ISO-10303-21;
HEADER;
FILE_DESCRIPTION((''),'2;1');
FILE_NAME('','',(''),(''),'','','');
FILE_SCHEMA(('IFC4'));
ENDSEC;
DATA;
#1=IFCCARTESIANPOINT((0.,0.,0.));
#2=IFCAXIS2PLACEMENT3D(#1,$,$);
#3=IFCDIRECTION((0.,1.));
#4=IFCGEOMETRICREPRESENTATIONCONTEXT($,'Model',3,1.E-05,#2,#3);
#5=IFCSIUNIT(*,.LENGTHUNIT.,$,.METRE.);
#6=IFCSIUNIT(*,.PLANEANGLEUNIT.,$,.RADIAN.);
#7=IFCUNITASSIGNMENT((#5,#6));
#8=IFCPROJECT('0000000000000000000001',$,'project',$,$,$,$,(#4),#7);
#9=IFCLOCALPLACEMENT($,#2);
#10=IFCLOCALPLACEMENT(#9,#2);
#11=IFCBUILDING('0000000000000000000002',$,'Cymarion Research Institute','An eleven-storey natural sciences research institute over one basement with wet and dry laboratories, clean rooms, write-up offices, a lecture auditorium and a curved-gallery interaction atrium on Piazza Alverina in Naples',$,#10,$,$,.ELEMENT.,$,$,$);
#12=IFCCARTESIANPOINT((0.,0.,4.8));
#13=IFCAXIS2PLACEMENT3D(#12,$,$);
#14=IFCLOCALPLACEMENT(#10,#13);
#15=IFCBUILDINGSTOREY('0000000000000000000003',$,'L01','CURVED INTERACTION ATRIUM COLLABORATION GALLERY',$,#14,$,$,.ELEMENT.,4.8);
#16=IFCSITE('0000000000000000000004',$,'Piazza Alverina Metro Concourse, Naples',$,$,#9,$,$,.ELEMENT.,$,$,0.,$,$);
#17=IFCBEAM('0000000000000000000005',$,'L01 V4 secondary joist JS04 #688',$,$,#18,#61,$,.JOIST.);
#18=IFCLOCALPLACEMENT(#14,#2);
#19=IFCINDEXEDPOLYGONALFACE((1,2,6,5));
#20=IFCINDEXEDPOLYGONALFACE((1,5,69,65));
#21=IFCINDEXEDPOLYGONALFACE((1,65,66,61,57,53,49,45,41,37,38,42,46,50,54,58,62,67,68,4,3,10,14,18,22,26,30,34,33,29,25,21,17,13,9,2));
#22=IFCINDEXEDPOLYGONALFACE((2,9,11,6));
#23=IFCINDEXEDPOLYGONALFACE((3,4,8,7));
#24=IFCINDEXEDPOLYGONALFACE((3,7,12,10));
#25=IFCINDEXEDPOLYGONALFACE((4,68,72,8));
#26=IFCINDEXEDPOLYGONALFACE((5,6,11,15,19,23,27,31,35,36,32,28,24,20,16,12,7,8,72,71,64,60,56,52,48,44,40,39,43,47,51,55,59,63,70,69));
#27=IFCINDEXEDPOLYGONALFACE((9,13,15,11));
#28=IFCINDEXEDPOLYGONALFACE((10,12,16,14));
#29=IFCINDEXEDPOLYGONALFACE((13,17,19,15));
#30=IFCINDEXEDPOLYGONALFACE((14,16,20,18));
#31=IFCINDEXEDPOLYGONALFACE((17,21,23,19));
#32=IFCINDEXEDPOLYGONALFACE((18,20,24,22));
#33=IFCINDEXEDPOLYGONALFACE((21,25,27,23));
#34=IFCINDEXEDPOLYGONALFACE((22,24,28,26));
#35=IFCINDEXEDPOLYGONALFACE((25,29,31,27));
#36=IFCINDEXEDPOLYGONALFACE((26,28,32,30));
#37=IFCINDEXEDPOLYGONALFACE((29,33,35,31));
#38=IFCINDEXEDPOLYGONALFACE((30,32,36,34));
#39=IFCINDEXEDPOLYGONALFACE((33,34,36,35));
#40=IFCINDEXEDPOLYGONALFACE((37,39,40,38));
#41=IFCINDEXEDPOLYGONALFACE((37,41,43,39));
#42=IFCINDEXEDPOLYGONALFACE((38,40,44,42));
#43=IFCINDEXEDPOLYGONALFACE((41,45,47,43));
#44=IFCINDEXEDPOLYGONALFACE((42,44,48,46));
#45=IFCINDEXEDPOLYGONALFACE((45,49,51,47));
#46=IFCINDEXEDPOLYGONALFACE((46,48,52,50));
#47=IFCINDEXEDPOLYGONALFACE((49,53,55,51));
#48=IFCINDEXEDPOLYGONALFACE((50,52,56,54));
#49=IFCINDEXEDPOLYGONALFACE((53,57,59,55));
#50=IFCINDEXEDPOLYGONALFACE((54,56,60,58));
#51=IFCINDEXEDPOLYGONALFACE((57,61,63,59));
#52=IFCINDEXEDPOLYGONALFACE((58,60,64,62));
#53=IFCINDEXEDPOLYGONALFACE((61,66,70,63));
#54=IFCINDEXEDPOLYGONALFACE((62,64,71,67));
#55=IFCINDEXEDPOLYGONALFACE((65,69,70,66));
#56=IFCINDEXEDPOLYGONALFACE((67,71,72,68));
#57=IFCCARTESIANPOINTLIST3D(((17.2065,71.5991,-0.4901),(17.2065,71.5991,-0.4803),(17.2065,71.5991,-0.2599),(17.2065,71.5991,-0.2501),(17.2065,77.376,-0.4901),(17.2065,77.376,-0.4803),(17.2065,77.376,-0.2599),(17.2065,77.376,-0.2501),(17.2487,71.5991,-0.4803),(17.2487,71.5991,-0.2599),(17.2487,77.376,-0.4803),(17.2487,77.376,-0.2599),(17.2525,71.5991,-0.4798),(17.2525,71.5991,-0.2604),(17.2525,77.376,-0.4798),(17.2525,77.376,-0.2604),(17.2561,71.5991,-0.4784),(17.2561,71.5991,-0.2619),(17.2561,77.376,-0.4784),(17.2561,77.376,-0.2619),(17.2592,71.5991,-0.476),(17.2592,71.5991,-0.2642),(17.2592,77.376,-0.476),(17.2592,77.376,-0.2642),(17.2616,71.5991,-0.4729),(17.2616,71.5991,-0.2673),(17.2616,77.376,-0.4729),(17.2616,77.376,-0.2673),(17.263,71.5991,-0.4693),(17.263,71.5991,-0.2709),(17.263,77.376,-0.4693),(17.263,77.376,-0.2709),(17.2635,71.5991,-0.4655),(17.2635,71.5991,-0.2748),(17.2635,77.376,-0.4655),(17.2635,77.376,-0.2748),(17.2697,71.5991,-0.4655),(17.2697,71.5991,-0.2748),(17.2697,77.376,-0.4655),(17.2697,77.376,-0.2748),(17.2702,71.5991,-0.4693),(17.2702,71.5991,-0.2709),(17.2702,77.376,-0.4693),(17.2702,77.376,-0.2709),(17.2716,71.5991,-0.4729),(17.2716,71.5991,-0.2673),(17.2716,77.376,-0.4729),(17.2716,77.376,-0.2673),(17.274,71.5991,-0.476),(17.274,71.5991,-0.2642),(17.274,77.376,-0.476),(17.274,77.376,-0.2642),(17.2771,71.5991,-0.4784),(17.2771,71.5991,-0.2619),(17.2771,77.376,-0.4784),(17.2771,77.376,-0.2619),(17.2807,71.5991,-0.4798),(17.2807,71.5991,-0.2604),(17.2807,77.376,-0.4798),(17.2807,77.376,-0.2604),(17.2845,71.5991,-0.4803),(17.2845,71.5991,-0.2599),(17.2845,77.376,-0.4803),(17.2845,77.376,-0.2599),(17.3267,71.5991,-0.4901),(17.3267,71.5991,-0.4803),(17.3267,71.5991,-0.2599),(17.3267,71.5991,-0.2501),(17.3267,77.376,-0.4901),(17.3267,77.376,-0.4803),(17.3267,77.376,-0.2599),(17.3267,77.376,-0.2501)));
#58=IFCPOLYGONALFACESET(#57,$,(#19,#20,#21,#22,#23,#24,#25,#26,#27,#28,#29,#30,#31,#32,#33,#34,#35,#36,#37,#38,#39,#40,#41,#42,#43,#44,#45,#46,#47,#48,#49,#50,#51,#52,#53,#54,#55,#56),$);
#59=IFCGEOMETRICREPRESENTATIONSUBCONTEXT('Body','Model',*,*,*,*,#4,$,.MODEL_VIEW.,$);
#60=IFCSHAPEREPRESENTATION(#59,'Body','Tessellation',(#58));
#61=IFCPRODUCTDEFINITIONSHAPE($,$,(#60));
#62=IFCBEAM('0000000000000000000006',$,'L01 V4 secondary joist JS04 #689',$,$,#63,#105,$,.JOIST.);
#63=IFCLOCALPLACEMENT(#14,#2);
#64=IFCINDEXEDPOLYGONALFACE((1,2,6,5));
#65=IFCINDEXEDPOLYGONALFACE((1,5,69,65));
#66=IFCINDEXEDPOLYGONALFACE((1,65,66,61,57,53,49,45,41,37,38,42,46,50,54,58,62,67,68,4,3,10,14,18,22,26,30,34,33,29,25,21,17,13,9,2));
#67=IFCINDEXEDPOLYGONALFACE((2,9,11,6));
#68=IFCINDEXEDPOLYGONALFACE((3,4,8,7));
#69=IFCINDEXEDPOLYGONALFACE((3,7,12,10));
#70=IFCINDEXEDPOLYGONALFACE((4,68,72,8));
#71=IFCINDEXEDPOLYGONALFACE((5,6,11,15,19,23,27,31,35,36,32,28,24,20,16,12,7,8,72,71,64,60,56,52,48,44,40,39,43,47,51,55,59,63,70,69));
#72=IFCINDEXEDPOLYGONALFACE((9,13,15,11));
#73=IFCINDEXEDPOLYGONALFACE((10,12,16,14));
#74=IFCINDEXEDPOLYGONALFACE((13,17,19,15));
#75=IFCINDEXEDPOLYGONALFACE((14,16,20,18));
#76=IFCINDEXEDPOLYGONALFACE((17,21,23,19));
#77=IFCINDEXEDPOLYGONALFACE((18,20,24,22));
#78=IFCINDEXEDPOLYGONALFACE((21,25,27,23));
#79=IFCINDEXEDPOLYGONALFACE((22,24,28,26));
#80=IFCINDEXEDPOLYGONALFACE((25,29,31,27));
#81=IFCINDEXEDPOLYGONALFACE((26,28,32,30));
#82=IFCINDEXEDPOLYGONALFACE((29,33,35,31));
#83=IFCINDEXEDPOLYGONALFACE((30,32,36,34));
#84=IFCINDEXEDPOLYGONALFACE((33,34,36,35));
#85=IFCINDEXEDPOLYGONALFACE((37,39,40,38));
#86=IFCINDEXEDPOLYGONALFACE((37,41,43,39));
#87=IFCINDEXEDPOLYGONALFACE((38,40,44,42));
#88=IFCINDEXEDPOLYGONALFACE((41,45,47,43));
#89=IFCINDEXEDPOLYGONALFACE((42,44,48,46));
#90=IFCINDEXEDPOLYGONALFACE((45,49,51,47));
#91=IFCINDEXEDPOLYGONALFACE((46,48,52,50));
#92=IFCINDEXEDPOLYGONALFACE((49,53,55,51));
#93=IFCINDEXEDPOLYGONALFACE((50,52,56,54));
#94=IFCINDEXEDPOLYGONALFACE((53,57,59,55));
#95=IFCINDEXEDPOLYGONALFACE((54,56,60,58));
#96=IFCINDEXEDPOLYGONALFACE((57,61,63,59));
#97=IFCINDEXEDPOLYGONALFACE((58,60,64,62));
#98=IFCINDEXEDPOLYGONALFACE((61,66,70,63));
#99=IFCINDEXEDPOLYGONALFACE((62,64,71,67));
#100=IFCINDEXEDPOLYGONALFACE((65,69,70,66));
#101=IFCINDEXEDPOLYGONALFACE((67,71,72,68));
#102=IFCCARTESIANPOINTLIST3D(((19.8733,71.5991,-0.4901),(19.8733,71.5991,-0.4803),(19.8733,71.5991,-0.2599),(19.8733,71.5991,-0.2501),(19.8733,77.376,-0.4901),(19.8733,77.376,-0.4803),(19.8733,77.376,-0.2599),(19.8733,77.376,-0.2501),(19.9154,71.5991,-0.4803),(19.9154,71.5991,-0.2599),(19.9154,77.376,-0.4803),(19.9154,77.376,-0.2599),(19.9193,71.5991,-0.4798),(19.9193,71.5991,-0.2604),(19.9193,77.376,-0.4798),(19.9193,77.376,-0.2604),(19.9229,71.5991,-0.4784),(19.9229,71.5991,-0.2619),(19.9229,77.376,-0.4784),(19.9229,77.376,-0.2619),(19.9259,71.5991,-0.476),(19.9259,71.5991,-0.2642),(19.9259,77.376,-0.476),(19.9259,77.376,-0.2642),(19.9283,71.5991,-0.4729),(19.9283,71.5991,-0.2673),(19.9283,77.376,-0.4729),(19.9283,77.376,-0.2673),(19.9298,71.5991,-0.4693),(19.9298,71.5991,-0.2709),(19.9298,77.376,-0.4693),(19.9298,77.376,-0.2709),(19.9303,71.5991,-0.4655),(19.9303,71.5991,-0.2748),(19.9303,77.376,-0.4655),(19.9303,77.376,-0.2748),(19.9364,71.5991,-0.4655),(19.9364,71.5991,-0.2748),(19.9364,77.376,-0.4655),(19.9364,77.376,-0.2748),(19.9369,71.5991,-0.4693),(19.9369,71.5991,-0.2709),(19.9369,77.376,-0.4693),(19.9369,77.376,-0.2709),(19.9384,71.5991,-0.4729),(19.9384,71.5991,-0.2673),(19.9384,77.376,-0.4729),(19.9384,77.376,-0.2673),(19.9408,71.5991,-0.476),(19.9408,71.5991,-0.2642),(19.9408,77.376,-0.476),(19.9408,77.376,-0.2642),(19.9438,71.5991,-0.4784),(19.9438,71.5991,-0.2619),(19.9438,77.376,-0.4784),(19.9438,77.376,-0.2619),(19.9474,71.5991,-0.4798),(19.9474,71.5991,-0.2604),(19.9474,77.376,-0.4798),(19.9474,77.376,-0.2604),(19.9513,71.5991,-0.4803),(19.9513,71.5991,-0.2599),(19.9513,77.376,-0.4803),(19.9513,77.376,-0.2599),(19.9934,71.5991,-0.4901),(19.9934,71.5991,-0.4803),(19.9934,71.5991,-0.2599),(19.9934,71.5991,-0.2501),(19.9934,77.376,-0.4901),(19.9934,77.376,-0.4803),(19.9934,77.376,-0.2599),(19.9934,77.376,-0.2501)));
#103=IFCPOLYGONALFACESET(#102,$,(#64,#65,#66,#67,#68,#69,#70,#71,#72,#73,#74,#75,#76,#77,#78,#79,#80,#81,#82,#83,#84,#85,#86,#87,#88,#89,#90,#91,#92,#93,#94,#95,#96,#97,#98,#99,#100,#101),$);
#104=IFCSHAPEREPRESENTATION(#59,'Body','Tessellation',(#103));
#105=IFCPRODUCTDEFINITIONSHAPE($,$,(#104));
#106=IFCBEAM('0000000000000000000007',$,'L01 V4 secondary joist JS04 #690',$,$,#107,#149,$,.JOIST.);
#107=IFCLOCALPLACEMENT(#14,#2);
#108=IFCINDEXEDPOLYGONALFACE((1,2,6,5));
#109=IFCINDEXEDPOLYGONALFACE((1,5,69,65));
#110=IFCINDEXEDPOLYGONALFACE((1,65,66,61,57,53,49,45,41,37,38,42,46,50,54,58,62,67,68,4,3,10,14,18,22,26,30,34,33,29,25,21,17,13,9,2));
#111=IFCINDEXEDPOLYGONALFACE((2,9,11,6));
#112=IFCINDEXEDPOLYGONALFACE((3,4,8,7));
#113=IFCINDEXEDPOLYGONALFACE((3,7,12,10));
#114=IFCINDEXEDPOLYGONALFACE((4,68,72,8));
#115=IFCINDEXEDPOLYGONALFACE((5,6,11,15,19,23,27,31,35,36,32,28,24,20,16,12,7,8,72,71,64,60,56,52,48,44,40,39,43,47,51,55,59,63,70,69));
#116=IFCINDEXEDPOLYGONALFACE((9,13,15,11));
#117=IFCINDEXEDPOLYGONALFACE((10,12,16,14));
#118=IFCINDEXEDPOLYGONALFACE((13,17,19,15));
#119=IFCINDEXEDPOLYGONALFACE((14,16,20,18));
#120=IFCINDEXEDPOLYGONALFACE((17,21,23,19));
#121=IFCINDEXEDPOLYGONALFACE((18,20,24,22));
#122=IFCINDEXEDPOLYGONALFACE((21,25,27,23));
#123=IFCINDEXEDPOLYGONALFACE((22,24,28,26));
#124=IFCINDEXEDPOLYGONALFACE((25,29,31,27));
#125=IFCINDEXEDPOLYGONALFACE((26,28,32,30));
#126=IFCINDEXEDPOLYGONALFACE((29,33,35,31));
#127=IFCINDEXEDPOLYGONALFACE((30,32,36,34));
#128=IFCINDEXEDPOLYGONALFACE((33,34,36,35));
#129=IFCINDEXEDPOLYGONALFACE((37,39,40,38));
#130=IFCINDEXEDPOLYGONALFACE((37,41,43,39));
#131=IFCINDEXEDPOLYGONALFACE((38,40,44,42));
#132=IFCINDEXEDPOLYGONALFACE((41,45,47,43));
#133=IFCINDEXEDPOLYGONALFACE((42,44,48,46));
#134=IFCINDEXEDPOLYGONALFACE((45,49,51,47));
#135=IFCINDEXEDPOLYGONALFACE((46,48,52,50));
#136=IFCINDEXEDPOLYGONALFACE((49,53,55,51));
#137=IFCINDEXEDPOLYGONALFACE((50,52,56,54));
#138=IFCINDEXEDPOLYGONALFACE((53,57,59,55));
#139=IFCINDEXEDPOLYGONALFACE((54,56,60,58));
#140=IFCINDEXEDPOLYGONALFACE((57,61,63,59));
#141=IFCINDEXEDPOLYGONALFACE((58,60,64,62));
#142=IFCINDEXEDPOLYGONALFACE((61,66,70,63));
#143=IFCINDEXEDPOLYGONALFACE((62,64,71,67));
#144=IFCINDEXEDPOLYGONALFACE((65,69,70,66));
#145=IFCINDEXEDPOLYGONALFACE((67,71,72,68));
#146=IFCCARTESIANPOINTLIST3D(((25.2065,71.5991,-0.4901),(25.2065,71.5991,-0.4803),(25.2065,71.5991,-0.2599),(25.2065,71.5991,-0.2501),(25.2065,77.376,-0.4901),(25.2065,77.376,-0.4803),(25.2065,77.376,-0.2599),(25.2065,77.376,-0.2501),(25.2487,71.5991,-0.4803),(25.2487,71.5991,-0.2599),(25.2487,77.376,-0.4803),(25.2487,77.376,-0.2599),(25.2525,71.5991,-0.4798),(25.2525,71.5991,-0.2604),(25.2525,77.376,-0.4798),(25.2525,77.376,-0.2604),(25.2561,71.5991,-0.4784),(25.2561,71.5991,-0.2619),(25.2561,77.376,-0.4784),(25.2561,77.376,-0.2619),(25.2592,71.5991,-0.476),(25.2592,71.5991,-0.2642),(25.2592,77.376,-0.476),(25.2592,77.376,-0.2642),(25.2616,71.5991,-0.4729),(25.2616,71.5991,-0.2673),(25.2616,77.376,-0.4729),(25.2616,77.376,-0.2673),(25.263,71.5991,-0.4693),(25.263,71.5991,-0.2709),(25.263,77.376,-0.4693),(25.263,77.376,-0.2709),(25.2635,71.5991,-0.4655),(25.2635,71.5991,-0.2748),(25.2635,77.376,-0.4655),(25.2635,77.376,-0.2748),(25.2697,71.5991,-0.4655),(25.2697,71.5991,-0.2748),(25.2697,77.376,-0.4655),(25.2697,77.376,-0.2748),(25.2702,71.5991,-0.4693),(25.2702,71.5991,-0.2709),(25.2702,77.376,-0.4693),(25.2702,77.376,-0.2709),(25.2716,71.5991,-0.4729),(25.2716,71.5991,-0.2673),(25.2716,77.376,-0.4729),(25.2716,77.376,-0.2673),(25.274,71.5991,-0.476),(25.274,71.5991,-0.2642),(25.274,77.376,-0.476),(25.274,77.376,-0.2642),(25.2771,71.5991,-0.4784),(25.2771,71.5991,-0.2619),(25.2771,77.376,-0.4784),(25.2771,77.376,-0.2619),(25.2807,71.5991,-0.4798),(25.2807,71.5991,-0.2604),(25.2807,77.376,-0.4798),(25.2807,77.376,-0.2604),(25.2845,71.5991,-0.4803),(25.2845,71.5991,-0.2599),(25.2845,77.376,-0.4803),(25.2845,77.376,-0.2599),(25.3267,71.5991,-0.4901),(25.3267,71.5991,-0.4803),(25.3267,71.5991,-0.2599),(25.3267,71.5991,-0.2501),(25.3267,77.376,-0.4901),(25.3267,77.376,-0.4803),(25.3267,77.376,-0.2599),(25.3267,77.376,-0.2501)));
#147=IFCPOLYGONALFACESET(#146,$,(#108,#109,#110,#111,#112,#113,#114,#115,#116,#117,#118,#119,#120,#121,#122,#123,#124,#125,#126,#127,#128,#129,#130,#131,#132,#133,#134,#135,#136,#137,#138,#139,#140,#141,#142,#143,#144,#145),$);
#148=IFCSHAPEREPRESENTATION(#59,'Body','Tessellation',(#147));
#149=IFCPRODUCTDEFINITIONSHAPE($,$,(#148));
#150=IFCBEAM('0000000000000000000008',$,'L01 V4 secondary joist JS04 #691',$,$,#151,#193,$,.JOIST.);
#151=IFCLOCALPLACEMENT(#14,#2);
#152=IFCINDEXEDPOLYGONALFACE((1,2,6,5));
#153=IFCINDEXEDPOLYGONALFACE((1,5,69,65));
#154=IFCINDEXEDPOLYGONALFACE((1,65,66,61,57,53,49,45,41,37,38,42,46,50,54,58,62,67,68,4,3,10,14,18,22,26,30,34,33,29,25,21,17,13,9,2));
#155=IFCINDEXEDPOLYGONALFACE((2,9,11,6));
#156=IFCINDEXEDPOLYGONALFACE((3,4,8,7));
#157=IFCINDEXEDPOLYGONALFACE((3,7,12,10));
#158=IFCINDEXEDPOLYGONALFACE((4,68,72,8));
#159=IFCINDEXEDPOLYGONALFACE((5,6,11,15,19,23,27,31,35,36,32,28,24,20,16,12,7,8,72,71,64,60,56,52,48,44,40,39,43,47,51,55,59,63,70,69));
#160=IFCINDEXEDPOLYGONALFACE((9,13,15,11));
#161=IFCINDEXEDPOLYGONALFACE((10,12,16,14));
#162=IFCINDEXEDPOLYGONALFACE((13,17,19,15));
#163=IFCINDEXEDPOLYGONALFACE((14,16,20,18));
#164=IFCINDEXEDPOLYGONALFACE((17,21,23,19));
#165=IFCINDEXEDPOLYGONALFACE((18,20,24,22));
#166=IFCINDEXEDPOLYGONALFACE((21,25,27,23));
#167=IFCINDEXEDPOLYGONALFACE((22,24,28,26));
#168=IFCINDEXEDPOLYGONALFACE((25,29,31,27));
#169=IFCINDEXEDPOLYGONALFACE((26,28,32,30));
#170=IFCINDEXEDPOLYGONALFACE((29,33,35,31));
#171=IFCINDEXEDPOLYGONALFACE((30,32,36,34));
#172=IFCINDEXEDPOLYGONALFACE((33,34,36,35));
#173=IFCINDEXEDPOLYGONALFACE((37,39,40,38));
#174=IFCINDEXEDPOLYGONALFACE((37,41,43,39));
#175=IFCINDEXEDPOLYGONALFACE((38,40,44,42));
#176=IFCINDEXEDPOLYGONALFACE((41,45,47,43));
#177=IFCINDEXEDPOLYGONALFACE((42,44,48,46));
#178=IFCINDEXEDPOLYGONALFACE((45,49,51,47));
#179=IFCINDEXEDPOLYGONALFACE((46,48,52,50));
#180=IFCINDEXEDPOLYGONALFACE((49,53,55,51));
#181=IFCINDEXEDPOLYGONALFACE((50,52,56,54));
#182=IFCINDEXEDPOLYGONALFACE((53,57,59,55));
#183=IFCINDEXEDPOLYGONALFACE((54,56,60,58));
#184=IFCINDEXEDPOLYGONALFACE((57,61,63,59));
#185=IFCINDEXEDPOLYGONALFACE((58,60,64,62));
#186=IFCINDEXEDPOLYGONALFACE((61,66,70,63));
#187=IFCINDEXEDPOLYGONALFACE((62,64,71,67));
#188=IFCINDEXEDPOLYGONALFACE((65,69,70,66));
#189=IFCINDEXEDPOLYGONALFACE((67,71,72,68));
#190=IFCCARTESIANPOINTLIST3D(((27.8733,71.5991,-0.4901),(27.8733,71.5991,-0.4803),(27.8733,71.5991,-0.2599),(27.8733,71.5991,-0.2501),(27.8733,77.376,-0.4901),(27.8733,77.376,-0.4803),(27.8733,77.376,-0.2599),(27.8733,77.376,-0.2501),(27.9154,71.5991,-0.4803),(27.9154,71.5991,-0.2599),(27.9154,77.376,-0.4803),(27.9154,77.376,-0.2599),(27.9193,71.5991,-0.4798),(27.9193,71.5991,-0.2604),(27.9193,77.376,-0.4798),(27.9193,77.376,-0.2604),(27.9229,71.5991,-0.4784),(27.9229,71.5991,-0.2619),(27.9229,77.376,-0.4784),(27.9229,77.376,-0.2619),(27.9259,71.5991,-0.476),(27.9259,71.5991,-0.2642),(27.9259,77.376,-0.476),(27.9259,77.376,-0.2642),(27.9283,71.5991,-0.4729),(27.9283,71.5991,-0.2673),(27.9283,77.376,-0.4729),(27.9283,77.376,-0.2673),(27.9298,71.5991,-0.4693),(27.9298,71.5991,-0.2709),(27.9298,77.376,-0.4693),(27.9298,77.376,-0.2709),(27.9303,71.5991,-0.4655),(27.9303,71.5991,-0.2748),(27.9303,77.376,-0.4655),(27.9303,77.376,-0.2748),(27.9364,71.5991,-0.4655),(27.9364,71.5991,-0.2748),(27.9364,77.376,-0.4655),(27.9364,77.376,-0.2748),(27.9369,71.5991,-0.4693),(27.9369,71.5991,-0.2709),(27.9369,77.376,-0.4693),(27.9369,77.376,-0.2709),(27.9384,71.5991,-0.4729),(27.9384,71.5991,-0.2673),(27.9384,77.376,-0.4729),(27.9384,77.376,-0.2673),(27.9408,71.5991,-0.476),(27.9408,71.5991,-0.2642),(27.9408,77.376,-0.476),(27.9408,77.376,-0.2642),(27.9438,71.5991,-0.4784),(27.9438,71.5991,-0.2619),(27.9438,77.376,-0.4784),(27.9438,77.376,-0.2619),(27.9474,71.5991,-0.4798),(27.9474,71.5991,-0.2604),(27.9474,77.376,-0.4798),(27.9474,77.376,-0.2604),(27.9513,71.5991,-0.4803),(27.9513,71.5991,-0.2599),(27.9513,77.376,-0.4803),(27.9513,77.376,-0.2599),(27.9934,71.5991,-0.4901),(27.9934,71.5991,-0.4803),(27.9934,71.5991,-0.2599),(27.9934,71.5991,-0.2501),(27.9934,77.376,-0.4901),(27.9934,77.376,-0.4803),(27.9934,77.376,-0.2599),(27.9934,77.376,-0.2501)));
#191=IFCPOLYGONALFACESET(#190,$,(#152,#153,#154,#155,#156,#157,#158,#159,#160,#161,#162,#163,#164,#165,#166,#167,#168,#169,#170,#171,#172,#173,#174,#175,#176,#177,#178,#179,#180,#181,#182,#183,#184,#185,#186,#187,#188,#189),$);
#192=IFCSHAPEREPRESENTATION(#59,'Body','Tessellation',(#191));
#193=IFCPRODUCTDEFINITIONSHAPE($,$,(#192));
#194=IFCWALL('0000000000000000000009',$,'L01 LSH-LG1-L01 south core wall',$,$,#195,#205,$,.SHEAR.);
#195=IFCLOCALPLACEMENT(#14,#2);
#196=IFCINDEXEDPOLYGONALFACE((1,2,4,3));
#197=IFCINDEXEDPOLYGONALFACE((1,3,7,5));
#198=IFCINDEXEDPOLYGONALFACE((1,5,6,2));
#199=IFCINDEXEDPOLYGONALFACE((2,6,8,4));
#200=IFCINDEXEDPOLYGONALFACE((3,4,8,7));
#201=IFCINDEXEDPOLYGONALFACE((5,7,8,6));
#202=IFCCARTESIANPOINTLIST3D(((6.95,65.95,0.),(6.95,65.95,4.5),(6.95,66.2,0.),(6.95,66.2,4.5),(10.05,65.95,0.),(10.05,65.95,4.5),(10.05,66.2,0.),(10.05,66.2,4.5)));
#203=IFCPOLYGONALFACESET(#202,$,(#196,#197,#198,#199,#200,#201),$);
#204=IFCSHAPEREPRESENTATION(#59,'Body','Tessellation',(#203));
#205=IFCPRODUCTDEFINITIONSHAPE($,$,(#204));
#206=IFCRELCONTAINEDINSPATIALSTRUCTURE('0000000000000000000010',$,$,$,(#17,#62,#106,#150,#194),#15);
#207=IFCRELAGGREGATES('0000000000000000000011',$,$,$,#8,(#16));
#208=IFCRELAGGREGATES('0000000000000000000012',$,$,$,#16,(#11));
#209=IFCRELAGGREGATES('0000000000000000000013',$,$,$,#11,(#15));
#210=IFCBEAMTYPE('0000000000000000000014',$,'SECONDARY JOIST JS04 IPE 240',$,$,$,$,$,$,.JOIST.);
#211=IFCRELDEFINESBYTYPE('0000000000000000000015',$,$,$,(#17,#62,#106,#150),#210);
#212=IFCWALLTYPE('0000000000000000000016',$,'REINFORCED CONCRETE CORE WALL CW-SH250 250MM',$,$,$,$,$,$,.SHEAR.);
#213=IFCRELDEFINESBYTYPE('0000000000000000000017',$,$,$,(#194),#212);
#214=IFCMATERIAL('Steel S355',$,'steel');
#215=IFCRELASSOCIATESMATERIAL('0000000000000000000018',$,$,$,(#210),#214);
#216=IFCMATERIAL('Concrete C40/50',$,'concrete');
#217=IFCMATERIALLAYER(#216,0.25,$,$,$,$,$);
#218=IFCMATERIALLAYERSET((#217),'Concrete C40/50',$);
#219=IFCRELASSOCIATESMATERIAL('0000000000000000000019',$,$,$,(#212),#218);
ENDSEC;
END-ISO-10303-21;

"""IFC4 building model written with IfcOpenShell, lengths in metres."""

from ifc_helpers import new_model, si_unit, direction, frame, frame_2d, origin, origin_2d, place, context, subcontext, project, spatial, rectangle, i_section, extrude, material, layer, layer_set, material_profile, profile_set, type_object, element, save


model = new_model("IFC4")

# Units and contexts
model_context = context("Model", 3, precision=1e-05, world=origin(), true_north=direction((0.0, 1.0)))
body_context = subcontext(model_context, "Body", "Model", "MODEL_VIEW")
ifc_project = project(units=[si_unit("LENGTHUNIT", "METRE"), si_unit("PLANEANGLEUNIT", "RADIAN")], contexts=[model_context])

# Site, building, storey
site_placement = place(None, origin())
site = spatial("IfcSite", under=ifc_project, at=site_placement, Name="Piazza Alverina Metro Concourse, Naples", CompositionType="ELEMENT", RefElevation=0.0)
building_placement = place(site_placement, origin())
building = spatial("IfcBuilding", under=site, at=building_placement, Name="Cymarion Research Institute", Description="An eleven-storey natural sciences research institute over one basement with wet and dry laboratories, clean rooms, write-up offices, a lecture auditorium and a curved-gallery interaction atrium on Piazza Alverina in Naples", CompositionType="ELEMENT")
storey_placement = place(building_placement, frame((0.0, 0.0, 4.8)))
storey = spatial("IfcBuildingStorey", under=building, at=storey_placement, Name="L01", Description="CURVED INTERACTION ATRIUM COLLABORATION GALLERY", CompositionType="ELEMENT", Elevation=4.8)

# Shared definitions
ifc_material_1 = material(Name="Steel S355", Category="steel")
ifc_material_2 = material(Name="Concrete C40/50", Category="concrete")

# Beams
ifc_material_profile_1 = material_profile(ifc_material_1, i_section(OverallWidth=0.1201, OverallDepth=0.24, WebThickness=0.0061, FlangeThickness=0.0098, FilletRadius=0.0149, at=origin_2d()), Name="IPE 240")
ifc_profile_set_1 = profile_set([ifc_material_profile_1], Name="Steel S355")
beam_type_1 = type_object("IfcBeamType", Name="SECONDARY JOIST JS04 IPE 240", PredefinedType="JOIST", material=ifc_profile_set_1)
for number, where, z_axis, x_axis, name in (
    (1, (17.2666, 71.5991, -0.3701), (0.0, 1.0, 0.0), (-1.0, 0.0, 0.0), "L01 V4 secondary joist JS04 #688"),
    (2, (19.9333, 71.5991, -0.3701), (0.0, 1.0, 0.0), (-1.0, 0.0, 0.0), "L01 V4 secondary joist JS04 #689"),
    (3, (25.2666, 71.5991, -0.3701), (0.0, 1.0, 0.0), (-1.0, 0.0, 0.0), "L01 V4 secondary joist JS04 #690"),
    (4, (27.9333, 71.5991, -0.3701), (0.0, 1.0, 0.0), (-1.0, 0.0, 0.0), "L01 V4 secondary joist JS04 #691"),
):
    element("IfcBeam", number, at=place(storey_placement, frame(where, z_axis=z_axis, x_axis=x_axis)), inside=storey, type_object=beam_type_1, Name=name, PredefinedType="JOIST", context=body_context, shape_type="SweptSolid", body=[
        extrude(i_section(OverallWidth=0.1201, OverallDepth=0.24, WebThickness=0.0061, FlangeThickness=0.0098, FilletRadius=0.0149, at=origin_2d()), origin(), (0.0, 0.0, 1.0), 5.7769),
    ])

# Wall
ifc_layer = layer(ifc_material_2, 0.25)
ifc_layer_set = layer_set([ifc_layer], Name="Concrete C40/50")
wall_type = type_object("IfcWallType", Name="REINFORCED CONCRETE CORE WALL CW-SH250 250MM", PredefinedType="SHEAR", material=ifc_layer_set)
for number, where, z_axis, x_axis, name in (
    (5, (6.95, 66.075, 0.0), (0.0, 0.0, 1.0), (1.0, 0.0, 0.0), "L01 LSH-LG1-L01 south core wall"),
):
    element("IfcWall", number, at=place(storey_placement, frame(where, z_axis=z_axis, x_axis=x_axis)), inside=storey, type_object=wall_type, Name=name, PredefinedType="SHEAR", context=body_context, shape_type="SweptSolid", body=[
        extrude(rectangle(XDim=3.1001, YDim=0.25, at=frame_2d((1.55, 0.0))), origin(), (0.0, 0.0, 1.0), 4.5),
    ])

save(model, "model.ifc")
